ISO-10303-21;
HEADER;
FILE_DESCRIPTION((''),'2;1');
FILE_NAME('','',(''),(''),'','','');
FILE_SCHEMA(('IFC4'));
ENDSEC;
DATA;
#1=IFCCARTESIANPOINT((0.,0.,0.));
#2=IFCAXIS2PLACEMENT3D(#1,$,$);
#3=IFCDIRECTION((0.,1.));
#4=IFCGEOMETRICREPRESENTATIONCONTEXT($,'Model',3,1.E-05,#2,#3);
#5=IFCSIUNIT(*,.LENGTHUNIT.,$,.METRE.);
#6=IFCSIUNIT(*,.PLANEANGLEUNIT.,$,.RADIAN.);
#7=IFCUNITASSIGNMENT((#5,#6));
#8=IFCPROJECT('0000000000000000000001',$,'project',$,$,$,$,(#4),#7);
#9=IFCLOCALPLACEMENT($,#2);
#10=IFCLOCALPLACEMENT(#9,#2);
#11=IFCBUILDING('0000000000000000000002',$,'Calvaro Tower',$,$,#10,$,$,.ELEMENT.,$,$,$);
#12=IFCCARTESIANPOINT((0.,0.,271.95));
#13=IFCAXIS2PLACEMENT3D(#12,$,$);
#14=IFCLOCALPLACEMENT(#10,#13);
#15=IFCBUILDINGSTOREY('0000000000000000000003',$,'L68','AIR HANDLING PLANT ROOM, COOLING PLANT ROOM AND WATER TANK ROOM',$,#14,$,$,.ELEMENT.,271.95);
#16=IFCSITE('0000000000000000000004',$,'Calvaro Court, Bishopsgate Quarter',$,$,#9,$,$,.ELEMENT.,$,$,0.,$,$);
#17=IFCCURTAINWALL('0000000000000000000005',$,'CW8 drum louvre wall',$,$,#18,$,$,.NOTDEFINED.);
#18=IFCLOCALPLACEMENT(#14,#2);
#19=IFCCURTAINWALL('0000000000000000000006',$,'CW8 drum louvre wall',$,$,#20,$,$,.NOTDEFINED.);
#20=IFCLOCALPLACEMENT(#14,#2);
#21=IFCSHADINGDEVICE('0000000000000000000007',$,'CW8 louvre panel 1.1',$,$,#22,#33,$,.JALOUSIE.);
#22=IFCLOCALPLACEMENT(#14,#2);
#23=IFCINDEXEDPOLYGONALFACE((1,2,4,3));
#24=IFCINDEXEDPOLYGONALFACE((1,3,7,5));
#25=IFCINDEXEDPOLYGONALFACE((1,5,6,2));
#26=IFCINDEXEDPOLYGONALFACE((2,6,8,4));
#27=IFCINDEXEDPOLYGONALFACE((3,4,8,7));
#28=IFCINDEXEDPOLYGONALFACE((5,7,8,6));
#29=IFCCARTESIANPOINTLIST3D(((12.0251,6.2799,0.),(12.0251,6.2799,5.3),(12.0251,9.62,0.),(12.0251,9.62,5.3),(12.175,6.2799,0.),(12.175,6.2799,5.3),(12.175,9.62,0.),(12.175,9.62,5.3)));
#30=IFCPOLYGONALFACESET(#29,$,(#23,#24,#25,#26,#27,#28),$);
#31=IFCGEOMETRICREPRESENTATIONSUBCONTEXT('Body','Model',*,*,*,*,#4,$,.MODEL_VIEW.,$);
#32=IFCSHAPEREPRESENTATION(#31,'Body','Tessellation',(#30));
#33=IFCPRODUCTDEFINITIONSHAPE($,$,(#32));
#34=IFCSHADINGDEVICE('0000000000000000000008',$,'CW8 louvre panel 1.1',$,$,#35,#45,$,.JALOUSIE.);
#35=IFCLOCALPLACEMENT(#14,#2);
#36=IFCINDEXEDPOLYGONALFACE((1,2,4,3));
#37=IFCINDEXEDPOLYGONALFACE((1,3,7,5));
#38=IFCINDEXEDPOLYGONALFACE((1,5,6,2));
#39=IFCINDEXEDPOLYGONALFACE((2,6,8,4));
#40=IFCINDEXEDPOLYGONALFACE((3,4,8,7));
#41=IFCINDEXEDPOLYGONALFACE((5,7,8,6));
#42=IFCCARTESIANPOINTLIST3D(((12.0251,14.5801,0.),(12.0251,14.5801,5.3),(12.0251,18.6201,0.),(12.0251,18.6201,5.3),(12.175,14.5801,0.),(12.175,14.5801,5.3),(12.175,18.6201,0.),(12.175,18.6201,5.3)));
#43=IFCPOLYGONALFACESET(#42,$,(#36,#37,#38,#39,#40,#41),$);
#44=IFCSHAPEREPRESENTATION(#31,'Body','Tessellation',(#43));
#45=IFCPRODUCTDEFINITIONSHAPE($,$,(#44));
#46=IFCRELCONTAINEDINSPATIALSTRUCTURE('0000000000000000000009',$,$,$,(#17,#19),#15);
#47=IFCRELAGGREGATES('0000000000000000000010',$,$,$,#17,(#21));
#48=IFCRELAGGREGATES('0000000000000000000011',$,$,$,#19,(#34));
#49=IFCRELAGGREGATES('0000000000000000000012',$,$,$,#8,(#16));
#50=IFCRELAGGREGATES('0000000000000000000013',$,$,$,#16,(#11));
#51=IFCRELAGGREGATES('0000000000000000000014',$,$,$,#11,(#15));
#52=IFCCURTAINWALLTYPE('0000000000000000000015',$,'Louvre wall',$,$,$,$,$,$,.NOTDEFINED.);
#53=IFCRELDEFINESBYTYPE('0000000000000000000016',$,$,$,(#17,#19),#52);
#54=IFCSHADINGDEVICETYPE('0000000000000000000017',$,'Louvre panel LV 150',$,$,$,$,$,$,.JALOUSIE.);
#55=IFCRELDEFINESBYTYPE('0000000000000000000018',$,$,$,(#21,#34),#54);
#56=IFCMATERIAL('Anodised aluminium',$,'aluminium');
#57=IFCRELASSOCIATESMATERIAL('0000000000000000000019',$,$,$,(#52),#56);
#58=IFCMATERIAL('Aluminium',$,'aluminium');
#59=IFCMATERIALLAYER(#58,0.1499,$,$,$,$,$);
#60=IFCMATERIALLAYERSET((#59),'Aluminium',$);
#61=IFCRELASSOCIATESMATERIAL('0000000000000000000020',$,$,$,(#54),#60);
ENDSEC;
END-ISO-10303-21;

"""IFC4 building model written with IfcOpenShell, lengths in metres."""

from ifc_helpers import new_model, si_unit, direction, frame, origin, origin_2d, place, context, subcontext, project, spatial, rectangle, extrude, material, layer, layer_set, type_object, element, aggregate, save


model = new_model("IFC4")

# Units and contexts
model_context = context("Model", 3, precision=1e-05, world=origin(), true_north=direction((0.0, 1.0)))
body_context = subcontext(model_context, "Body", "Model", "MODEL_VIEW")
ifc_project = project(units=[si_unit("LENGTHUNIT", "METRE"), si_unit("PLANEANGLEUNIT", "RADIAN")], contexts=[model_context])

# Site, building, storey
site_placement = place(None, origin())
site = spatial("IfcSite", under=ifc_project, at=site_placement, Name="Calvaro Court, Bishopsgate Quarter", CompositionType="ELEMENT", RefElevation=0.0)
building_placement = place(site_placement, origin())
building = spatial("IfcBuilding", under=site, at=building_placement, Name="Calvaro Tower", CompositionType="ELEMENT")
storey_placement = place(building_placement, frame((0.0, 0.0, 271.95)))
storey = spatial("IfcBuildingStorey", under=building, at=storey_placement, Name="L68", Description="AIR HANDLING PLANT ROOM, COOLING PLANT ROOM AND WATER TANK ROOM", CompositionType="ELEMENT", Elevation=271.95)

# Curtain walls
ifc_material_1 = material(Name="Anodised aluminium", Category="aluminium")
curtain_wall_type = type_object("IfcCurtainWallType", Name="Louvre wall", PredefinedType="NOTDEFINED", material=ifc_material_1)
curtain_wall_1_placement = place(storey_placement, origin())
curtain_wall_1 = element("IfcCurtainWall", 1, at=curtain_wall_1_placement, inside=storey, type_object=curtain_wall_type, Name="CW8 drum louvre wall", PredefinedType="NOTDEFINED")
curtain_wall_2_placement = place(storey_placement, origin())
curtain_wall_2 = element("IfcCurtainWall", 2, at=curtain_wall_2_placement, inside=storey, type_object=curtain_wall_type, Name="CW8 drum louvre wall", PredefinedType="NOTDEFINED")

# Shading devices
ifc_material_2 = material(Name="Aluminium", Category="aluminium")
ifc_layer_1 = layer(ifc_material_2, 0.1499)
ifc_layer_set_1 = layer_set([ifc_layer_1], Name="Aluminium")
shading_device_type = type_object("IfcShadingDeviceType", Name="Louvre panel LV 150", PredefinedType="JALOUSIE", material=ifc_layer_set_1)
shading_device_1_placement = place(storey_placement, frame((12.1001, 7.95, 0.0), z_axis=(0.0, 0.0, 1.0), x_axis=(0.0, 1.0, 0.0)))
shading_device_1 = element("IfcShadingDevice", 3, at=shading_device_1_placement, type_object=shading_device_type, Name="CW8 louvre panel 1.1", PredefinedType="JALOUSIE", context=body_context, shape_type="SweptSolid", body=[
    extrude(rectangle(XDim=3.3401, YDim=0.1499, at=origin_2d()), origin(), (0.0, 0.0, 1.0), 5.3),
])
aggregate(curtain_wall_1, [shading_device_1])
shading_device_2_placement = place(storey_placement, frame((12.1001, 16.6001, 0.0), z_axis=(0.0, 0.0, 1.0), x_axis=(0.0, 1.0, 0.0)))
shading_device_2 = element("IfcShadingDevice", 4, at=shading_device_2_placement, type_object=shading_device_type, Name="CW8 louvre panel 1.1", PredefinedType="JALOUSIE", context=body_context, shape_type="SweptSolid", body=[
    extrude(rectangle(XDim=4.04, YDim=0.1499, at=origin_2d()), origin(), (0.0, 0.0, 1.0), 5.3),
])
aggregate(curtain_wall_2, [shading_device_2])

save(model, "model.ifc")
